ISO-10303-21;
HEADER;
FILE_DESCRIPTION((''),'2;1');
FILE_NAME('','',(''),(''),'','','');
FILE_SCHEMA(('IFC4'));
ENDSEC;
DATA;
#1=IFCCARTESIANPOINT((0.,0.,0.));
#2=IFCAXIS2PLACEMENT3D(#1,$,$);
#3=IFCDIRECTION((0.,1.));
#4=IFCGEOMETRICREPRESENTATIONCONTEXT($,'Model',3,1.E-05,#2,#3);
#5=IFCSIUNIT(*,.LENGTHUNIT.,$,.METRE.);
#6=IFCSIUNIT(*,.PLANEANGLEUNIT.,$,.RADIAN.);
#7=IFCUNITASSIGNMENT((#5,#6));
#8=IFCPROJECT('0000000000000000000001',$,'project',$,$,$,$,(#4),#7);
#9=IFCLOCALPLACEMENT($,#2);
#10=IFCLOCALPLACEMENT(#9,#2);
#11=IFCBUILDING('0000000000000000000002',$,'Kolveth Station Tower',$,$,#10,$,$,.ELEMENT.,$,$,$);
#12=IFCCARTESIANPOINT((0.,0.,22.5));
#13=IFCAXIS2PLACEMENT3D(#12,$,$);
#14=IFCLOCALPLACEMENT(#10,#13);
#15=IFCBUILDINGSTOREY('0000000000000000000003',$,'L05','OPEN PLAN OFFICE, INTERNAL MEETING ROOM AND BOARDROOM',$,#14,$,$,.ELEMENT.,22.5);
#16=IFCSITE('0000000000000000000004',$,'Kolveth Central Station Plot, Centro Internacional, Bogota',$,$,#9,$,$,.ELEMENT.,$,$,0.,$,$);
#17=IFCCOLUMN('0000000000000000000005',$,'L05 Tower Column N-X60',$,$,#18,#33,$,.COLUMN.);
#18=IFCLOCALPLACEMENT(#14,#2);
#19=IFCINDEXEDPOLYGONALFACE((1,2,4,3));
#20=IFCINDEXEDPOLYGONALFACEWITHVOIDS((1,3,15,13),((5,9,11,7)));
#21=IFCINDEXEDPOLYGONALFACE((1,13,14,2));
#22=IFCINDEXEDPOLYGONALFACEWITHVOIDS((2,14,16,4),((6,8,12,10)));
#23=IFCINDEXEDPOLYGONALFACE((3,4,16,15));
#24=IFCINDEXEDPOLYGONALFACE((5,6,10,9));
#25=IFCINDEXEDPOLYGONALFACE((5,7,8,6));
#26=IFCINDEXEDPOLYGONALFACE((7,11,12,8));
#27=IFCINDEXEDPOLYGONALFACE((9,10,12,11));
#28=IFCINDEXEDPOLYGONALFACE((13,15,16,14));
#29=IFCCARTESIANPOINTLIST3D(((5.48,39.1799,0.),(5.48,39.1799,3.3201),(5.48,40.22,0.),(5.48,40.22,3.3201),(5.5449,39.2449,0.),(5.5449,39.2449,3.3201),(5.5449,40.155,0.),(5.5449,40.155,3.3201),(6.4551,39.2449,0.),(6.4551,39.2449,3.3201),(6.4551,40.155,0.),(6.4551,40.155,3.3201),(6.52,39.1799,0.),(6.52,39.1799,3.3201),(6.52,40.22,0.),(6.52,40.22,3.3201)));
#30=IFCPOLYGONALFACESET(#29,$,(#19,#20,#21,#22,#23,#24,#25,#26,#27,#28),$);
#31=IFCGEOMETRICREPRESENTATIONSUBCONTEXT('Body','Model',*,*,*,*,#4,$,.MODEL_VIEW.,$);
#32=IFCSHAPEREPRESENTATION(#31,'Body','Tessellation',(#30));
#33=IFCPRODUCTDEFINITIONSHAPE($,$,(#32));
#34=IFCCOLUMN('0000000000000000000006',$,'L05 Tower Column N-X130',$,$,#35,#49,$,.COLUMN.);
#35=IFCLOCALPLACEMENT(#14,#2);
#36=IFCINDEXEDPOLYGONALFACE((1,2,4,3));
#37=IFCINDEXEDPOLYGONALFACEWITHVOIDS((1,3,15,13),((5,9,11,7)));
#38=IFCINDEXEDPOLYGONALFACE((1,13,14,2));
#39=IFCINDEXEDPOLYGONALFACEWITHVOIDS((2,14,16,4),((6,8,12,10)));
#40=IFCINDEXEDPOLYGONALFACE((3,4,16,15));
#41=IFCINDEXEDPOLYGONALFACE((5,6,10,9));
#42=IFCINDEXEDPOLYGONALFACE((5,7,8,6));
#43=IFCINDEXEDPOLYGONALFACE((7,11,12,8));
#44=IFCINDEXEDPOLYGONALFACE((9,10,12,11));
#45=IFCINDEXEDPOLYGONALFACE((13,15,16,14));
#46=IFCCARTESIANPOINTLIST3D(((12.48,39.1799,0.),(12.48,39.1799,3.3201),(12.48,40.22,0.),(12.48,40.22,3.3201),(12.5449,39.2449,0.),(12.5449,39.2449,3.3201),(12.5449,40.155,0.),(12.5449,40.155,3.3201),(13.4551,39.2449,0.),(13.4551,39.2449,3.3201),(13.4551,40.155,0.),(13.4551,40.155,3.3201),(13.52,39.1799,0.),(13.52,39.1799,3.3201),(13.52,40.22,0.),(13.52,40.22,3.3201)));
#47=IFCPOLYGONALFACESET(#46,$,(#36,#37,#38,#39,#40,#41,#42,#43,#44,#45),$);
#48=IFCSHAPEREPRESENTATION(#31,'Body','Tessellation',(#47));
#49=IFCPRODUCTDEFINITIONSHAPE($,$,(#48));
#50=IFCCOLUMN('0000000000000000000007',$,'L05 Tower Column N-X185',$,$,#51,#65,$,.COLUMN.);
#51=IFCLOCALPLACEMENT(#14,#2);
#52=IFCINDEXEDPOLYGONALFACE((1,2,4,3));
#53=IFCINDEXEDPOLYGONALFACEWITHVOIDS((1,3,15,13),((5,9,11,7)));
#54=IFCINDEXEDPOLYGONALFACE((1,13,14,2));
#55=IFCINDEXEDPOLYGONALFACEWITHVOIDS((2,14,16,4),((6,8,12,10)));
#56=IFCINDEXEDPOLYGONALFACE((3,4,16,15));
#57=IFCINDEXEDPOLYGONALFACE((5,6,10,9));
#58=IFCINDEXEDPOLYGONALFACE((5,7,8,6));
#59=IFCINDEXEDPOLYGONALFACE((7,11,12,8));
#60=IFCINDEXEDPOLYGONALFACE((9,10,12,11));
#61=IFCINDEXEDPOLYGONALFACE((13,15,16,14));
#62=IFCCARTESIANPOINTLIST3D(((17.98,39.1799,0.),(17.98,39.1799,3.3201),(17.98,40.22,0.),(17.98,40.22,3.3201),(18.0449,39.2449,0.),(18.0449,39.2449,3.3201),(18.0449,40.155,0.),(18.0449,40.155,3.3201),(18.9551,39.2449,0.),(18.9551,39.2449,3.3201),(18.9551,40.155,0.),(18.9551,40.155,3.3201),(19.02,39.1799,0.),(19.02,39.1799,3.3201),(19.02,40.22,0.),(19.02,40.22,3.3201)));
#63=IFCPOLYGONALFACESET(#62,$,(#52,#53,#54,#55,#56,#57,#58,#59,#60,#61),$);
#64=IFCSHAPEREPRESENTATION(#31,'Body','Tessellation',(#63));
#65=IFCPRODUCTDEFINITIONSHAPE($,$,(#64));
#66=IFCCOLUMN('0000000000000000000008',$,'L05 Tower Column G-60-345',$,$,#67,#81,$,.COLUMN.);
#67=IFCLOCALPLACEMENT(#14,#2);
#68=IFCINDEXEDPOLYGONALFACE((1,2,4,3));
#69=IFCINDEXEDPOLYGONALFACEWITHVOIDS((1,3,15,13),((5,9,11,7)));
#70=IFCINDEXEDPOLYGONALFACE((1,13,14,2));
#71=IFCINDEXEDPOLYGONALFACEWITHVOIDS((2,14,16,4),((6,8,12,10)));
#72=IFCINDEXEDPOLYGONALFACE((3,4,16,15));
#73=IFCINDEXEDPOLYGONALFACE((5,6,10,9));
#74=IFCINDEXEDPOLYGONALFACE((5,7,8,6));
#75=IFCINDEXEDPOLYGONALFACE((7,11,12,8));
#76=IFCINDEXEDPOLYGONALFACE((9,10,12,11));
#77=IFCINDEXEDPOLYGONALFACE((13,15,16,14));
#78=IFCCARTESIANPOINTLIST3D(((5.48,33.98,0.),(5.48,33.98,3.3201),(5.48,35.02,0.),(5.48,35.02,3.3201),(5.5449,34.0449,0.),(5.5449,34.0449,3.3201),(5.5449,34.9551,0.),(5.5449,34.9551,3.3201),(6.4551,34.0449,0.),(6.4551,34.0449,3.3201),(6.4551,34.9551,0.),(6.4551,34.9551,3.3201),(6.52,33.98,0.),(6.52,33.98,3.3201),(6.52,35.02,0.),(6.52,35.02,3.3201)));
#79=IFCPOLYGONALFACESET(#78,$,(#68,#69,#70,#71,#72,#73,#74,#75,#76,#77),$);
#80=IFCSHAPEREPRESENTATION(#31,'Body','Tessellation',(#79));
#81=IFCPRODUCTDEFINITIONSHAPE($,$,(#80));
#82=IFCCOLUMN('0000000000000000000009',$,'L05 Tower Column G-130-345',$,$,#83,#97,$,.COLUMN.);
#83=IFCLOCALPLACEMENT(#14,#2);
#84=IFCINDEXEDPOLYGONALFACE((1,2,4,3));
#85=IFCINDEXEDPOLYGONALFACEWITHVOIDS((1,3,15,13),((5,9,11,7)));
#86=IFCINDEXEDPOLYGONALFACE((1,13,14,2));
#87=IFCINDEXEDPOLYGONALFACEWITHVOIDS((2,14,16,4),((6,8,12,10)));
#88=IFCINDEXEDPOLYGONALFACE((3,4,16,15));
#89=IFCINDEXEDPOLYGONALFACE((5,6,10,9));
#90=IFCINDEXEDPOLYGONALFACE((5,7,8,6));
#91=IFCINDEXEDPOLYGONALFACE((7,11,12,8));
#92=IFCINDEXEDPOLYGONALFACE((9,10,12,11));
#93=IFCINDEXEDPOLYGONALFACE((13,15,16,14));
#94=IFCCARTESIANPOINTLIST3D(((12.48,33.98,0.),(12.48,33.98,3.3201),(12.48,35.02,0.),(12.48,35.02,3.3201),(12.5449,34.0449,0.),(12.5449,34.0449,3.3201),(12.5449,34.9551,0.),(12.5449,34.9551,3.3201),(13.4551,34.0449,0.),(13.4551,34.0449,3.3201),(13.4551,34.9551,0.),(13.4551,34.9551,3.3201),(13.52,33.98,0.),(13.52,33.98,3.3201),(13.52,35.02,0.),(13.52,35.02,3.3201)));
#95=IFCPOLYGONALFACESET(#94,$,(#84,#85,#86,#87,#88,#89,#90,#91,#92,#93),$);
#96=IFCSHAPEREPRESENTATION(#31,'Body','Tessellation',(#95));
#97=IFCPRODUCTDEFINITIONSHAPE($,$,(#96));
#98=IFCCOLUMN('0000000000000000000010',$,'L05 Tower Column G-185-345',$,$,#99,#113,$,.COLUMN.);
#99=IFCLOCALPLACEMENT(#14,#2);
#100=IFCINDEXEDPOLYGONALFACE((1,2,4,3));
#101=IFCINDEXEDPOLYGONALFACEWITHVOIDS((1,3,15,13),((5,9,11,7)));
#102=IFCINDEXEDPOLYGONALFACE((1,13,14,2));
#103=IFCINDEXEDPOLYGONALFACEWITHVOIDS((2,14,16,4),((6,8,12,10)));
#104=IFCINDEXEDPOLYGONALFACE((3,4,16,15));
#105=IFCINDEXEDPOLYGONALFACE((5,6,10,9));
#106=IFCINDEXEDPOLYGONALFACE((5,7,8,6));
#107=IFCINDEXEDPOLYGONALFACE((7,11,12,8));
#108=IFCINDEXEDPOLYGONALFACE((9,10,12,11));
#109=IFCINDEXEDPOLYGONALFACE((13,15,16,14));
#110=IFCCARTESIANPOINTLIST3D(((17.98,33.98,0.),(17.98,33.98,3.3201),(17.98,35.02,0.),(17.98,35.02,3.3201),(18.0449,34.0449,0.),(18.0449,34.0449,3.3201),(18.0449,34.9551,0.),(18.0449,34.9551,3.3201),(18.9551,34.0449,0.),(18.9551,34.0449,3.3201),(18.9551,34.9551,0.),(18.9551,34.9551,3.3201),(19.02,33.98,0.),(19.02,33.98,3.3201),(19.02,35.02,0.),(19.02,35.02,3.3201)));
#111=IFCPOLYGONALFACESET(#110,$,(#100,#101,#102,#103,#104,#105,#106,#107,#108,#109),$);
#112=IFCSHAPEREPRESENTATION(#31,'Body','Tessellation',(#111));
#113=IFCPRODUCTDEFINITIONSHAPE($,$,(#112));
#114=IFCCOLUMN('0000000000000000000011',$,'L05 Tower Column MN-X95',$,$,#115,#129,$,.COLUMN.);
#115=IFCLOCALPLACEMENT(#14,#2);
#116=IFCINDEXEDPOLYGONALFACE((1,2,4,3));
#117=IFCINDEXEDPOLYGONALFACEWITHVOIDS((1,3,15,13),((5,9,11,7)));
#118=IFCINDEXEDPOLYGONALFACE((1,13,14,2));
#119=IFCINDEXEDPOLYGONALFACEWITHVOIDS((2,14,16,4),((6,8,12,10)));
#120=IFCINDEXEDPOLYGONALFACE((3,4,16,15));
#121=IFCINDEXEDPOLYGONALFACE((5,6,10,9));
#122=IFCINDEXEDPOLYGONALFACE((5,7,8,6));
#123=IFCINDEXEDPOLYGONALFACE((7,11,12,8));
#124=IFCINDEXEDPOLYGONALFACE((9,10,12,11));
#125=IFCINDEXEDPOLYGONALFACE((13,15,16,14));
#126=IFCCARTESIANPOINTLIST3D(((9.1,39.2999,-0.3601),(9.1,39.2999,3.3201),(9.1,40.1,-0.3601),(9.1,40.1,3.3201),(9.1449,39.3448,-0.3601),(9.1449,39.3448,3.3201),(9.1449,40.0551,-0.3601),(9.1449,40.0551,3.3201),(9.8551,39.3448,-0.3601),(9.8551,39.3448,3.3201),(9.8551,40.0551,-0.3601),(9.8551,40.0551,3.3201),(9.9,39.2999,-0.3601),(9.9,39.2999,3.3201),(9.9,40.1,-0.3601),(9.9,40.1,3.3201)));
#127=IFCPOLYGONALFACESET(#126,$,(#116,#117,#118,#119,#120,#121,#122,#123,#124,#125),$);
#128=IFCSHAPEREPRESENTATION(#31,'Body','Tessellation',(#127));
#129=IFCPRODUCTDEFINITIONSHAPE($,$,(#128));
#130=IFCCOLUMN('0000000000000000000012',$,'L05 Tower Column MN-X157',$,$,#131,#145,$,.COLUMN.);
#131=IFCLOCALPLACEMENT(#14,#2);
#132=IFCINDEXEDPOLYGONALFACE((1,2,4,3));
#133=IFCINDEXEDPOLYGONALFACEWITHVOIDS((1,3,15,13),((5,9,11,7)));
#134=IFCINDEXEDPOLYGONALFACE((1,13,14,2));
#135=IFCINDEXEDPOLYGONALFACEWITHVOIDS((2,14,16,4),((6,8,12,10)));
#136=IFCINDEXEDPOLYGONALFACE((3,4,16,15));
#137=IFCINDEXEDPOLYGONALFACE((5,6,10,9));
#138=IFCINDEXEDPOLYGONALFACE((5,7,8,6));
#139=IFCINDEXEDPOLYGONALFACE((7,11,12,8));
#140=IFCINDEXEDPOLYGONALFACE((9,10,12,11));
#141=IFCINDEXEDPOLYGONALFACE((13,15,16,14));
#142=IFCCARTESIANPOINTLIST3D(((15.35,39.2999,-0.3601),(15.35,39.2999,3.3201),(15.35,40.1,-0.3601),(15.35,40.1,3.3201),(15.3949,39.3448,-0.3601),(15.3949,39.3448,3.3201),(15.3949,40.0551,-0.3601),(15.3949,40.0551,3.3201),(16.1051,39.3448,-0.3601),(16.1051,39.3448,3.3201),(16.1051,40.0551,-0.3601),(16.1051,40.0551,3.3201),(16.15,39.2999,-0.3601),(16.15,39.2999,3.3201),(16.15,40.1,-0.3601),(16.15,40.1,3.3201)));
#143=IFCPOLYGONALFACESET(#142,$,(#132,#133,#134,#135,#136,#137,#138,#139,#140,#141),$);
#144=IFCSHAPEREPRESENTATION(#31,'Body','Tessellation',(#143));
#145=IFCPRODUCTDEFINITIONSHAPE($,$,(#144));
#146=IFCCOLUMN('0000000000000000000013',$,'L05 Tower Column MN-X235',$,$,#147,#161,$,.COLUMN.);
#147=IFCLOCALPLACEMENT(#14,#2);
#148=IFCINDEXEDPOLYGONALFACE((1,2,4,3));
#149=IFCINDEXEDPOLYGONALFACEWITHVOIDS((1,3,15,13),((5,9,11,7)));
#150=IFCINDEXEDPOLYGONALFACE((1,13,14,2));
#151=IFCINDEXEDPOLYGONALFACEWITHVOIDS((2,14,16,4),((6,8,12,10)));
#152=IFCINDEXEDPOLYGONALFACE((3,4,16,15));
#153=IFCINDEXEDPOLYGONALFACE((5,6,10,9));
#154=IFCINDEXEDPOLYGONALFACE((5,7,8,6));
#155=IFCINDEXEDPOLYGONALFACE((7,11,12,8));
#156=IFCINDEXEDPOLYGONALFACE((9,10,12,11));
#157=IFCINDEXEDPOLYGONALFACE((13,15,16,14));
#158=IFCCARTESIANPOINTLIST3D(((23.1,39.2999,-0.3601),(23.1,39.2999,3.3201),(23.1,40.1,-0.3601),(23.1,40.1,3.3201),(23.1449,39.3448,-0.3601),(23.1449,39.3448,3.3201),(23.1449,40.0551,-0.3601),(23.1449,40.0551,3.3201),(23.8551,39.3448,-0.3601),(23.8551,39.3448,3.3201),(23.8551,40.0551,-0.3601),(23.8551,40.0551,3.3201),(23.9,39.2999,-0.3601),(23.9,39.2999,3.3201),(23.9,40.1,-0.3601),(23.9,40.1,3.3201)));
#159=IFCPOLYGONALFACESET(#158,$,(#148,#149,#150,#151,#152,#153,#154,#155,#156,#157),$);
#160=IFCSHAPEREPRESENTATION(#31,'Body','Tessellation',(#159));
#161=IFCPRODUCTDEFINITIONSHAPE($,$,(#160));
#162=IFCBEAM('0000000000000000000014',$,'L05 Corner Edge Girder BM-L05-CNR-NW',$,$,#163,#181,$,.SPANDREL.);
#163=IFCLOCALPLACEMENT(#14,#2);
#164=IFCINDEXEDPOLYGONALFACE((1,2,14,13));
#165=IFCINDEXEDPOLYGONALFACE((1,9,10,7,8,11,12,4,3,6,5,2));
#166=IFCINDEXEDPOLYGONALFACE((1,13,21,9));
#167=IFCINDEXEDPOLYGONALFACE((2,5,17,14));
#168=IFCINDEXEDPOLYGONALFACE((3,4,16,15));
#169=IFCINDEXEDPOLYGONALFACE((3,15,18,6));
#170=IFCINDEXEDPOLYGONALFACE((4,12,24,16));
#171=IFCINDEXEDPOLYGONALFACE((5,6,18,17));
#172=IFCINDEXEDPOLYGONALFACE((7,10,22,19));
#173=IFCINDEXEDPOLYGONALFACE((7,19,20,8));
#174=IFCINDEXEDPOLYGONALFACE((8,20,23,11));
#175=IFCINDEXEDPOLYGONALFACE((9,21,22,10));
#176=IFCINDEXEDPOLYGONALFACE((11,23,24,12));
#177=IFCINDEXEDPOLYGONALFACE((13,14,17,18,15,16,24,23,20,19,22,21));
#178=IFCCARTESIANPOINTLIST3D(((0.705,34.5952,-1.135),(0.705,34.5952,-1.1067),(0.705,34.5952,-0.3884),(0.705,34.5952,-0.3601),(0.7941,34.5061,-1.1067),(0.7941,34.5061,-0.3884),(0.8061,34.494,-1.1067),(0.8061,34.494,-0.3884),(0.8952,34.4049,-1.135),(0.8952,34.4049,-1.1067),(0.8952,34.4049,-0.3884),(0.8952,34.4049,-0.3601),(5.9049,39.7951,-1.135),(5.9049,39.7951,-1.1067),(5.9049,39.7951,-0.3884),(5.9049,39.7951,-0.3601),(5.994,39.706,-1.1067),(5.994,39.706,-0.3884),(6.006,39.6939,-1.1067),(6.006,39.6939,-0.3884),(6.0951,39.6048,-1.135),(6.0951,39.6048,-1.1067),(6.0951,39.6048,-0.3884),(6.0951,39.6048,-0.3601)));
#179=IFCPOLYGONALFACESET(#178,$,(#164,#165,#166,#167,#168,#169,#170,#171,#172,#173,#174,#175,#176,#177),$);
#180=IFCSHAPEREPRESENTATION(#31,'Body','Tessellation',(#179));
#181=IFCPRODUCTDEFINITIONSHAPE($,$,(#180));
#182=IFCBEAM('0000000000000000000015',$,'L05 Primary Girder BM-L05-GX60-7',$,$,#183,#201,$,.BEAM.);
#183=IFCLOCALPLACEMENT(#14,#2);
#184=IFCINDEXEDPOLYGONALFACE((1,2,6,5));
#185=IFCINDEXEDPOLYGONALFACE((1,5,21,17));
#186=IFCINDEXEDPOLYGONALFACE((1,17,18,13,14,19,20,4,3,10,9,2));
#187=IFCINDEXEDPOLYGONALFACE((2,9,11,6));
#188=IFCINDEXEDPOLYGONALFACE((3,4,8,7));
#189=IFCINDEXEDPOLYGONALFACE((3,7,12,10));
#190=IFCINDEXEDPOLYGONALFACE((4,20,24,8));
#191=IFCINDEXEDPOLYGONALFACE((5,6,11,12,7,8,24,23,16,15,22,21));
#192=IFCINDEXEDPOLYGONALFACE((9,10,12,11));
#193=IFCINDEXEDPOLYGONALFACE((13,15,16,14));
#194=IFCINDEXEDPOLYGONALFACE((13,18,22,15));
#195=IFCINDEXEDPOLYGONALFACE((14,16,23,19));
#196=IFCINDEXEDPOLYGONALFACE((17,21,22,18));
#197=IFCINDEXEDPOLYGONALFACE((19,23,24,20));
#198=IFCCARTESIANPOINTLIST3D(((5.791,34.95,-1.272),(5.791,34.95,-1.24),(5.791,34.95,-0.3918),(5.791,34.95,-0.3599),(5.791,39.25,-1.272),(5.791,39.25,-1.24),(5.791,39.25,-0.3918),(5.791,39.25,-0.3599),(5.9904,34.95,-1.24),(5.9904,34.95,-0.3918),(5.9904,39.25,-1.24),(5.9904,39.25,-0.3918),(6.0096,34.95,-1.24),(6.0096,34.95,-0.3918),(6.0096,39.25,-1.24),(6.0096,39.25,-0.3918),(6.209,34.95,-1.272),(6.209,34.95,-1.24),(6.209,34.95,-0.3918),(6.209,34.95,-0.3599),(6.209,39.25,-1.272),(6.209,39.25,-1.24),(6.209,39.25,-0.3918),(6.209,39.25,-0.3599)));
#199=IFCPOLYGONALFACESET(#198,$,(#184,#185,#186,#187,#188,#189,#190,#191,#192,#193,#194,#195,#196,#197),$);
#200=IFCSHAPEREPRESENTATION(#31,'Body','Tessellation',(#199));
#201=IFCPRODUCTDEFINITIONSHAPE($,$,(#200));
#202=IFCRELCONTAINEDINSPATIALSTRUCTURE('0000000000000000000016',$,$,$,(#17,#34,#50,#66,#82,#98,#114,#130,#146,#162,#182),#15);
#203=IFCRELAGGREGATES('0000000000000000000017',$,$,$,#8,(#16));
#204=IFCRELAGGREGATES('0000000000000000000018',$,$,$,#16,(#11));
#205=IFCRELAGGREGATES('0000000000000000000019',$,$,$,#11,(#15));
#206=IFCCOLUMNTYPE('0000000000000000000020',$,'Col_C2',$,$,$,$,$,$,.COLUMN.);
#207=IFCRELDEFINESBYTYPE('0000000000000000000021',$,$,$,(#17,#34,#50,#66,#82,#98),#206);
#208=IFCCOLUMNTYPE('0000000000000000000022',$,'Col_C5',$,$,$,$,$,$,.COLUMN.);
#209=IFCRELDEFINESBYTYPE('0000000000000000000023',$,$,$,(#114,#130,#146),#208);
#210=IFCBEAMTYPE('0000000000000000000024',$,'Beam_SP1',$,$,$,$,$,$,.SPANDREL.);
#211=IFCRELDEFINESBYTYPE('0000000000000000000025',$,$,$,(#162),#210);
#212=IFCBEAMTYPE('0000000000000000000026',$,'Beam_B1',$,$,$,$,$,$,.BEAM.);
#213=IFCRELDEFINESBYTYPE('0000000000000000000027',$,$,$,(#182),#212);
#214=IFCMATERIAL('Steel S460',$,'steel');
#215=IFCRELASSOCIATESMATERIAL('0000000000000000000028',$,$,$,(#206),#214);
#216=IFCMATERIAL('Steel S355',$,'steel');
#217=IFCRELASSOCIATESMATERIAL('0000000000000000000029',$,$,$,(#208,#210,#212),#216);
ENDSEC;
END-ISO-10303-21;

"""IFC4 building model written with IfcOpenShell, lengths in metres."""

from ifc_helpers import new_model, si_unit, direction, frame, origin, origin_2d, place, context, subcontext, project, spatial, hollow_rectangle, i_section, extrude, source, transform, mapped, material, material_profile, profile_set, type_object, element, save


model = new_model("IFC4")

# Units and contexts
model_context = context("Model", 3, precision=1e-05, world=origin(), true_north=direction((0.0, 1.0)))
body_context = subcontext(model_context, "Body", "Model", "MODEL_VIEW")
ifc_project = project(units=[si_unit("LENGTHUNIT", "METRE"), si_unit("PLANEANGLEUNIT", "RADIAN")], contexts=[model_context])

# Site, building, storey
site_placement = place(None, origin())
site = spatial("IfcSite", under=ifc_project, at=site_placement, Name="Kolveth Central Station Plot, Centro Internacional, Bogota", CompositionType="ELEMENT", RefElevation=0.0)
building_placement = place(site_placement, origin())
building = spatial("IfcBuilding", under=site, at=building_placement, Name="Kolveth Station Tower", CompositionType="ELEMENT")
storey_placement = place(building_placement, frame((0.0, 0.0, 22.5)))
storey = spatial("IfcBuildingStorey", under=building, at=storey_placement, Name="L05", Description="OPEN PLAN OFFICE, INTERNAL MEETING ROOM AND BOARDROOM", CompositionType="ELEMENT", Elevation=22.5)

# Columns
ifc_material_1 = material(Name="Steel S460", Category="steel")
ifc_material_profile_1 = material_profile(ifc_material_1, hollow_rectangle(XDim=1.04, YDim=1.04, WallThickness=0.0649, at=origin_2d()), Name="BOX1040x1040x65")
ifc_profile_set_1 = profile_set([ifc_material_profile_1], Name="Steel S460")
column_type_1 = type_object("IfcColumnType", Name="Col_C2", PredefinedType="COLUMN", material=ifc_profile_set_1)
shared_shape_1 = source(origin(), body_context, "Body", "SweptSolid", [
    extrude(hollow_rectangle(XDim=1.04, YDim=1.04, WallThickness=0.0649, at=origin_2d()), origin(), (0.0, 0.0, 1.0), 3.3201),
])
for number, where, z_axis, x_axis, name in (
    (1, (6.0, 39.7, 0.0), (0.0, 0.0, 1.0), (1.0, 0.0, 0.0), "L05 Tower Column N-X60"),
    (2, (13.0, 39.7, 0.0), (0.0, 0.0, 1.0), (1.0, 0.0, 0.0), "L05 Tower Column N-X130"),
    (3, (18.5, 39.7, 0.0), (0.0, 0.0, 1.0), (1.0, 0.0, 0.0), "L05 Tower Column N-X185"),
    (4, (6.0, 34.5, 0.0), (0.0, 0.0, 1.0), (1.0, 0.0, 0.0), "L05 Tower Column G-60-345"),
    (5, (13.0, 34.5, 0.0), (0.0, 0.0, 1.0), (1.0, 0.0, 0.0), "L05 Tower Column G-130-345"),
    (6, (18.5, 34.5, 0.0), (0.0, 0.0, 1.0), (1.0, 0.0, 0.0), "L05 Tower Column G-185-345"),
):
    element("IfcColumn", number, at=place(storey_placement, frame(where, z_axis=z_axis, x_axis=x_axis)), inside=storey, type_object=column_type_1, Name=name, PredefinedType="COLUMN", context=body_context, shape_type="MappedRepresentation", body=[
        mapped(shared_shape_1, transform((0.0, 0.0, 0.0), x_axis=(1.0, 0.0, 0.0), y_axis=(0.0, 1.0, 0.0), z_axis=(0.0, 0.0, 1.0), scale=1.0)),
    ])
ifc_material_2 = material(Name="Steel S355", Category="steel")
ifc_material_profile_2 = material_profile(ifc_material_2, hollow_rectangle(XDim=0.8, YDim=0.8, WallThickness=0.0449, at=origin_2d()), Name="BOX800x800x45")
ifc_profile_set_2 = profile_set([ifc_material_profile_2], Name="Steel S355")
column_type_2 = type_object("IfcColumnType", Name="Col_C5", PredefinedType="COLUMN", material=ifc_profile_set_2)
shared_shape_2 = source(origin(), body_context, "Body", "SweptSolid", [
    extrude(hollow_rectangle(XDim=0.8, YDim=0.8, WallThickness=0.0449, at=origin_2d()), origin(), (0.0, 0.0, 1.0), 3.6802),
])
for number, where, z_axis, x_axis, name in (
    (7, (9.5, 39.7, -0.3601), (0.0, 0.0, 1.0), (1.0, 0.0, 0.0), "L05 Tower Column MN-X95"),
    (8, (15.75, 39.7, -0.3601), (0.0, 0.0, 1.0), (1.0, 0.0, 0.0), "L05 Tower Column MN-X157"),
    (9, (23.5, 39.7, -0.3601), (0.0, 0.0, 1.0), (1.0, 0.0, 0.0), "L05 Tower Column MN-X235"),
):
    element("IfcColumn", number, at=place(storey_placement, frame(where, z_axis=z_axis, x_axis=x_axis)), inside=storey, type_object=column_type_2, Name=name, PredefinedType="COLUMN", context=body_context, shape_type="MappedRepresentation", body=[
        mapped(shared_shape_2, transform((0.0, 0.0, 0.0), x_axis=(1.0, 0.0, 0.0), y_axis=(0.0, 1.0, 0.0), z_axis=(0.0, 0.0, 1.0), scale=1.0)),
    ])

# Beams
ifc_material_profile_3 = material_profile(ifc_material_2, i_section(OverallWidth=0.269, OverallDepth=0.7749, WebThickness=0.0171, FlangeThickness=0.0283, at=origin_2d()), Name="W760x220")
ifc_profile_set_3 = profile_set([ifc_material_profile_3], Name="Steel S355")
beam_type_1 = type_object("IfcBeamType", Name="Beam_SP1", PredefinedType="SPANDREL", material=ifc_profile_set_3)
shared_shape_3 = source(origin(), body_context, "Body", "SweptSolid", [
    extrude(i_section(OverallWidth=0.269, OverallDepth=0.7749, WebThickness=0.0171, FlangeThickness=0.0283, at=origin_2d()), origin(), (0.0, 0.0, 1.0), 7.3538),
])
beam_1_placement = place(storey_placement, frame((6.0, 39.7, -0.7476), z_axis=(-0.707107, -0.707107, 0.0), x_axis=(0.707107, -0.707107, 0.0)))
element("IfcBeam", 10, at=beam_1_placement, inside=storey, type_object=beam_type_1, Name="L05 Corner Edge Girder BM-L05-CNR-NW", PredefinedType="SPANDREL", context=body_context, shape_type="MappedRepresentation", body=[
    mapped(shared_shape_3, transform((0.0, 0.0, 0.0), x_axis=(1.0, 0.0, 0.0), y_axis=(0.0, 1.0, 0.0), z_axis=(0.0, 0.0, 1.0), scale=1.0)),
])
ifc_material_profile_4 = material_profile(ifc_material_2, i_section(OverallWidth=0.418, OverallDepth=0.9121, WebThickness=0.0193, FlangeThickness=0.032, at=origin_2d()), Name="W920x342")
ifc_profile_set_4 = profile_set([ifc_material_profile_4], Name="Steel S355")
beam_type_2 = type_object("IfcBeamType", Name="Beam_B1", PredefinedType="BEAM", material=ifc_profile_set_4)
shared_shape_4 = source(origin(), body_context, "Body", "SweptSolid", [
    extrude(i_section(OverallWidth=0.418, OverallDepth=0.9121, WebThickness=0.0193, FlangeThickness=0.032, at=origin_2d()), origin(), (0.0, 0.0, 1.0), 4.3),
])
for number, where, z_axis, x_axis, name in (
    (11, (6.0, 34.95, -0.8159), (0.0, 1.0, 0.0), (-1.0, 0.0, 0.0), "L05 Primary Girder BM-L05-GX60-7"),
):
    element("IfcBeam", number, at=place(storey_placement, frame(where, z_axis=z_axis, x_axis=x_axis)), inside=storey, type_object=beam_type_2, Name=name, PredefinedType="BEAM", context=body_context, shape_type="MappedRepresentation", body=[
        mapped(shared_shape_4, transform((0.0, 0.0, 0.0), x_axis=(1.0, 0.0, 0.0), y_axis=(0.0, 1.0, 0.0), z_axis=(0.0, 0.0, 1.0), scale=1.0)),
    ])

save(model, "model.ifc")
